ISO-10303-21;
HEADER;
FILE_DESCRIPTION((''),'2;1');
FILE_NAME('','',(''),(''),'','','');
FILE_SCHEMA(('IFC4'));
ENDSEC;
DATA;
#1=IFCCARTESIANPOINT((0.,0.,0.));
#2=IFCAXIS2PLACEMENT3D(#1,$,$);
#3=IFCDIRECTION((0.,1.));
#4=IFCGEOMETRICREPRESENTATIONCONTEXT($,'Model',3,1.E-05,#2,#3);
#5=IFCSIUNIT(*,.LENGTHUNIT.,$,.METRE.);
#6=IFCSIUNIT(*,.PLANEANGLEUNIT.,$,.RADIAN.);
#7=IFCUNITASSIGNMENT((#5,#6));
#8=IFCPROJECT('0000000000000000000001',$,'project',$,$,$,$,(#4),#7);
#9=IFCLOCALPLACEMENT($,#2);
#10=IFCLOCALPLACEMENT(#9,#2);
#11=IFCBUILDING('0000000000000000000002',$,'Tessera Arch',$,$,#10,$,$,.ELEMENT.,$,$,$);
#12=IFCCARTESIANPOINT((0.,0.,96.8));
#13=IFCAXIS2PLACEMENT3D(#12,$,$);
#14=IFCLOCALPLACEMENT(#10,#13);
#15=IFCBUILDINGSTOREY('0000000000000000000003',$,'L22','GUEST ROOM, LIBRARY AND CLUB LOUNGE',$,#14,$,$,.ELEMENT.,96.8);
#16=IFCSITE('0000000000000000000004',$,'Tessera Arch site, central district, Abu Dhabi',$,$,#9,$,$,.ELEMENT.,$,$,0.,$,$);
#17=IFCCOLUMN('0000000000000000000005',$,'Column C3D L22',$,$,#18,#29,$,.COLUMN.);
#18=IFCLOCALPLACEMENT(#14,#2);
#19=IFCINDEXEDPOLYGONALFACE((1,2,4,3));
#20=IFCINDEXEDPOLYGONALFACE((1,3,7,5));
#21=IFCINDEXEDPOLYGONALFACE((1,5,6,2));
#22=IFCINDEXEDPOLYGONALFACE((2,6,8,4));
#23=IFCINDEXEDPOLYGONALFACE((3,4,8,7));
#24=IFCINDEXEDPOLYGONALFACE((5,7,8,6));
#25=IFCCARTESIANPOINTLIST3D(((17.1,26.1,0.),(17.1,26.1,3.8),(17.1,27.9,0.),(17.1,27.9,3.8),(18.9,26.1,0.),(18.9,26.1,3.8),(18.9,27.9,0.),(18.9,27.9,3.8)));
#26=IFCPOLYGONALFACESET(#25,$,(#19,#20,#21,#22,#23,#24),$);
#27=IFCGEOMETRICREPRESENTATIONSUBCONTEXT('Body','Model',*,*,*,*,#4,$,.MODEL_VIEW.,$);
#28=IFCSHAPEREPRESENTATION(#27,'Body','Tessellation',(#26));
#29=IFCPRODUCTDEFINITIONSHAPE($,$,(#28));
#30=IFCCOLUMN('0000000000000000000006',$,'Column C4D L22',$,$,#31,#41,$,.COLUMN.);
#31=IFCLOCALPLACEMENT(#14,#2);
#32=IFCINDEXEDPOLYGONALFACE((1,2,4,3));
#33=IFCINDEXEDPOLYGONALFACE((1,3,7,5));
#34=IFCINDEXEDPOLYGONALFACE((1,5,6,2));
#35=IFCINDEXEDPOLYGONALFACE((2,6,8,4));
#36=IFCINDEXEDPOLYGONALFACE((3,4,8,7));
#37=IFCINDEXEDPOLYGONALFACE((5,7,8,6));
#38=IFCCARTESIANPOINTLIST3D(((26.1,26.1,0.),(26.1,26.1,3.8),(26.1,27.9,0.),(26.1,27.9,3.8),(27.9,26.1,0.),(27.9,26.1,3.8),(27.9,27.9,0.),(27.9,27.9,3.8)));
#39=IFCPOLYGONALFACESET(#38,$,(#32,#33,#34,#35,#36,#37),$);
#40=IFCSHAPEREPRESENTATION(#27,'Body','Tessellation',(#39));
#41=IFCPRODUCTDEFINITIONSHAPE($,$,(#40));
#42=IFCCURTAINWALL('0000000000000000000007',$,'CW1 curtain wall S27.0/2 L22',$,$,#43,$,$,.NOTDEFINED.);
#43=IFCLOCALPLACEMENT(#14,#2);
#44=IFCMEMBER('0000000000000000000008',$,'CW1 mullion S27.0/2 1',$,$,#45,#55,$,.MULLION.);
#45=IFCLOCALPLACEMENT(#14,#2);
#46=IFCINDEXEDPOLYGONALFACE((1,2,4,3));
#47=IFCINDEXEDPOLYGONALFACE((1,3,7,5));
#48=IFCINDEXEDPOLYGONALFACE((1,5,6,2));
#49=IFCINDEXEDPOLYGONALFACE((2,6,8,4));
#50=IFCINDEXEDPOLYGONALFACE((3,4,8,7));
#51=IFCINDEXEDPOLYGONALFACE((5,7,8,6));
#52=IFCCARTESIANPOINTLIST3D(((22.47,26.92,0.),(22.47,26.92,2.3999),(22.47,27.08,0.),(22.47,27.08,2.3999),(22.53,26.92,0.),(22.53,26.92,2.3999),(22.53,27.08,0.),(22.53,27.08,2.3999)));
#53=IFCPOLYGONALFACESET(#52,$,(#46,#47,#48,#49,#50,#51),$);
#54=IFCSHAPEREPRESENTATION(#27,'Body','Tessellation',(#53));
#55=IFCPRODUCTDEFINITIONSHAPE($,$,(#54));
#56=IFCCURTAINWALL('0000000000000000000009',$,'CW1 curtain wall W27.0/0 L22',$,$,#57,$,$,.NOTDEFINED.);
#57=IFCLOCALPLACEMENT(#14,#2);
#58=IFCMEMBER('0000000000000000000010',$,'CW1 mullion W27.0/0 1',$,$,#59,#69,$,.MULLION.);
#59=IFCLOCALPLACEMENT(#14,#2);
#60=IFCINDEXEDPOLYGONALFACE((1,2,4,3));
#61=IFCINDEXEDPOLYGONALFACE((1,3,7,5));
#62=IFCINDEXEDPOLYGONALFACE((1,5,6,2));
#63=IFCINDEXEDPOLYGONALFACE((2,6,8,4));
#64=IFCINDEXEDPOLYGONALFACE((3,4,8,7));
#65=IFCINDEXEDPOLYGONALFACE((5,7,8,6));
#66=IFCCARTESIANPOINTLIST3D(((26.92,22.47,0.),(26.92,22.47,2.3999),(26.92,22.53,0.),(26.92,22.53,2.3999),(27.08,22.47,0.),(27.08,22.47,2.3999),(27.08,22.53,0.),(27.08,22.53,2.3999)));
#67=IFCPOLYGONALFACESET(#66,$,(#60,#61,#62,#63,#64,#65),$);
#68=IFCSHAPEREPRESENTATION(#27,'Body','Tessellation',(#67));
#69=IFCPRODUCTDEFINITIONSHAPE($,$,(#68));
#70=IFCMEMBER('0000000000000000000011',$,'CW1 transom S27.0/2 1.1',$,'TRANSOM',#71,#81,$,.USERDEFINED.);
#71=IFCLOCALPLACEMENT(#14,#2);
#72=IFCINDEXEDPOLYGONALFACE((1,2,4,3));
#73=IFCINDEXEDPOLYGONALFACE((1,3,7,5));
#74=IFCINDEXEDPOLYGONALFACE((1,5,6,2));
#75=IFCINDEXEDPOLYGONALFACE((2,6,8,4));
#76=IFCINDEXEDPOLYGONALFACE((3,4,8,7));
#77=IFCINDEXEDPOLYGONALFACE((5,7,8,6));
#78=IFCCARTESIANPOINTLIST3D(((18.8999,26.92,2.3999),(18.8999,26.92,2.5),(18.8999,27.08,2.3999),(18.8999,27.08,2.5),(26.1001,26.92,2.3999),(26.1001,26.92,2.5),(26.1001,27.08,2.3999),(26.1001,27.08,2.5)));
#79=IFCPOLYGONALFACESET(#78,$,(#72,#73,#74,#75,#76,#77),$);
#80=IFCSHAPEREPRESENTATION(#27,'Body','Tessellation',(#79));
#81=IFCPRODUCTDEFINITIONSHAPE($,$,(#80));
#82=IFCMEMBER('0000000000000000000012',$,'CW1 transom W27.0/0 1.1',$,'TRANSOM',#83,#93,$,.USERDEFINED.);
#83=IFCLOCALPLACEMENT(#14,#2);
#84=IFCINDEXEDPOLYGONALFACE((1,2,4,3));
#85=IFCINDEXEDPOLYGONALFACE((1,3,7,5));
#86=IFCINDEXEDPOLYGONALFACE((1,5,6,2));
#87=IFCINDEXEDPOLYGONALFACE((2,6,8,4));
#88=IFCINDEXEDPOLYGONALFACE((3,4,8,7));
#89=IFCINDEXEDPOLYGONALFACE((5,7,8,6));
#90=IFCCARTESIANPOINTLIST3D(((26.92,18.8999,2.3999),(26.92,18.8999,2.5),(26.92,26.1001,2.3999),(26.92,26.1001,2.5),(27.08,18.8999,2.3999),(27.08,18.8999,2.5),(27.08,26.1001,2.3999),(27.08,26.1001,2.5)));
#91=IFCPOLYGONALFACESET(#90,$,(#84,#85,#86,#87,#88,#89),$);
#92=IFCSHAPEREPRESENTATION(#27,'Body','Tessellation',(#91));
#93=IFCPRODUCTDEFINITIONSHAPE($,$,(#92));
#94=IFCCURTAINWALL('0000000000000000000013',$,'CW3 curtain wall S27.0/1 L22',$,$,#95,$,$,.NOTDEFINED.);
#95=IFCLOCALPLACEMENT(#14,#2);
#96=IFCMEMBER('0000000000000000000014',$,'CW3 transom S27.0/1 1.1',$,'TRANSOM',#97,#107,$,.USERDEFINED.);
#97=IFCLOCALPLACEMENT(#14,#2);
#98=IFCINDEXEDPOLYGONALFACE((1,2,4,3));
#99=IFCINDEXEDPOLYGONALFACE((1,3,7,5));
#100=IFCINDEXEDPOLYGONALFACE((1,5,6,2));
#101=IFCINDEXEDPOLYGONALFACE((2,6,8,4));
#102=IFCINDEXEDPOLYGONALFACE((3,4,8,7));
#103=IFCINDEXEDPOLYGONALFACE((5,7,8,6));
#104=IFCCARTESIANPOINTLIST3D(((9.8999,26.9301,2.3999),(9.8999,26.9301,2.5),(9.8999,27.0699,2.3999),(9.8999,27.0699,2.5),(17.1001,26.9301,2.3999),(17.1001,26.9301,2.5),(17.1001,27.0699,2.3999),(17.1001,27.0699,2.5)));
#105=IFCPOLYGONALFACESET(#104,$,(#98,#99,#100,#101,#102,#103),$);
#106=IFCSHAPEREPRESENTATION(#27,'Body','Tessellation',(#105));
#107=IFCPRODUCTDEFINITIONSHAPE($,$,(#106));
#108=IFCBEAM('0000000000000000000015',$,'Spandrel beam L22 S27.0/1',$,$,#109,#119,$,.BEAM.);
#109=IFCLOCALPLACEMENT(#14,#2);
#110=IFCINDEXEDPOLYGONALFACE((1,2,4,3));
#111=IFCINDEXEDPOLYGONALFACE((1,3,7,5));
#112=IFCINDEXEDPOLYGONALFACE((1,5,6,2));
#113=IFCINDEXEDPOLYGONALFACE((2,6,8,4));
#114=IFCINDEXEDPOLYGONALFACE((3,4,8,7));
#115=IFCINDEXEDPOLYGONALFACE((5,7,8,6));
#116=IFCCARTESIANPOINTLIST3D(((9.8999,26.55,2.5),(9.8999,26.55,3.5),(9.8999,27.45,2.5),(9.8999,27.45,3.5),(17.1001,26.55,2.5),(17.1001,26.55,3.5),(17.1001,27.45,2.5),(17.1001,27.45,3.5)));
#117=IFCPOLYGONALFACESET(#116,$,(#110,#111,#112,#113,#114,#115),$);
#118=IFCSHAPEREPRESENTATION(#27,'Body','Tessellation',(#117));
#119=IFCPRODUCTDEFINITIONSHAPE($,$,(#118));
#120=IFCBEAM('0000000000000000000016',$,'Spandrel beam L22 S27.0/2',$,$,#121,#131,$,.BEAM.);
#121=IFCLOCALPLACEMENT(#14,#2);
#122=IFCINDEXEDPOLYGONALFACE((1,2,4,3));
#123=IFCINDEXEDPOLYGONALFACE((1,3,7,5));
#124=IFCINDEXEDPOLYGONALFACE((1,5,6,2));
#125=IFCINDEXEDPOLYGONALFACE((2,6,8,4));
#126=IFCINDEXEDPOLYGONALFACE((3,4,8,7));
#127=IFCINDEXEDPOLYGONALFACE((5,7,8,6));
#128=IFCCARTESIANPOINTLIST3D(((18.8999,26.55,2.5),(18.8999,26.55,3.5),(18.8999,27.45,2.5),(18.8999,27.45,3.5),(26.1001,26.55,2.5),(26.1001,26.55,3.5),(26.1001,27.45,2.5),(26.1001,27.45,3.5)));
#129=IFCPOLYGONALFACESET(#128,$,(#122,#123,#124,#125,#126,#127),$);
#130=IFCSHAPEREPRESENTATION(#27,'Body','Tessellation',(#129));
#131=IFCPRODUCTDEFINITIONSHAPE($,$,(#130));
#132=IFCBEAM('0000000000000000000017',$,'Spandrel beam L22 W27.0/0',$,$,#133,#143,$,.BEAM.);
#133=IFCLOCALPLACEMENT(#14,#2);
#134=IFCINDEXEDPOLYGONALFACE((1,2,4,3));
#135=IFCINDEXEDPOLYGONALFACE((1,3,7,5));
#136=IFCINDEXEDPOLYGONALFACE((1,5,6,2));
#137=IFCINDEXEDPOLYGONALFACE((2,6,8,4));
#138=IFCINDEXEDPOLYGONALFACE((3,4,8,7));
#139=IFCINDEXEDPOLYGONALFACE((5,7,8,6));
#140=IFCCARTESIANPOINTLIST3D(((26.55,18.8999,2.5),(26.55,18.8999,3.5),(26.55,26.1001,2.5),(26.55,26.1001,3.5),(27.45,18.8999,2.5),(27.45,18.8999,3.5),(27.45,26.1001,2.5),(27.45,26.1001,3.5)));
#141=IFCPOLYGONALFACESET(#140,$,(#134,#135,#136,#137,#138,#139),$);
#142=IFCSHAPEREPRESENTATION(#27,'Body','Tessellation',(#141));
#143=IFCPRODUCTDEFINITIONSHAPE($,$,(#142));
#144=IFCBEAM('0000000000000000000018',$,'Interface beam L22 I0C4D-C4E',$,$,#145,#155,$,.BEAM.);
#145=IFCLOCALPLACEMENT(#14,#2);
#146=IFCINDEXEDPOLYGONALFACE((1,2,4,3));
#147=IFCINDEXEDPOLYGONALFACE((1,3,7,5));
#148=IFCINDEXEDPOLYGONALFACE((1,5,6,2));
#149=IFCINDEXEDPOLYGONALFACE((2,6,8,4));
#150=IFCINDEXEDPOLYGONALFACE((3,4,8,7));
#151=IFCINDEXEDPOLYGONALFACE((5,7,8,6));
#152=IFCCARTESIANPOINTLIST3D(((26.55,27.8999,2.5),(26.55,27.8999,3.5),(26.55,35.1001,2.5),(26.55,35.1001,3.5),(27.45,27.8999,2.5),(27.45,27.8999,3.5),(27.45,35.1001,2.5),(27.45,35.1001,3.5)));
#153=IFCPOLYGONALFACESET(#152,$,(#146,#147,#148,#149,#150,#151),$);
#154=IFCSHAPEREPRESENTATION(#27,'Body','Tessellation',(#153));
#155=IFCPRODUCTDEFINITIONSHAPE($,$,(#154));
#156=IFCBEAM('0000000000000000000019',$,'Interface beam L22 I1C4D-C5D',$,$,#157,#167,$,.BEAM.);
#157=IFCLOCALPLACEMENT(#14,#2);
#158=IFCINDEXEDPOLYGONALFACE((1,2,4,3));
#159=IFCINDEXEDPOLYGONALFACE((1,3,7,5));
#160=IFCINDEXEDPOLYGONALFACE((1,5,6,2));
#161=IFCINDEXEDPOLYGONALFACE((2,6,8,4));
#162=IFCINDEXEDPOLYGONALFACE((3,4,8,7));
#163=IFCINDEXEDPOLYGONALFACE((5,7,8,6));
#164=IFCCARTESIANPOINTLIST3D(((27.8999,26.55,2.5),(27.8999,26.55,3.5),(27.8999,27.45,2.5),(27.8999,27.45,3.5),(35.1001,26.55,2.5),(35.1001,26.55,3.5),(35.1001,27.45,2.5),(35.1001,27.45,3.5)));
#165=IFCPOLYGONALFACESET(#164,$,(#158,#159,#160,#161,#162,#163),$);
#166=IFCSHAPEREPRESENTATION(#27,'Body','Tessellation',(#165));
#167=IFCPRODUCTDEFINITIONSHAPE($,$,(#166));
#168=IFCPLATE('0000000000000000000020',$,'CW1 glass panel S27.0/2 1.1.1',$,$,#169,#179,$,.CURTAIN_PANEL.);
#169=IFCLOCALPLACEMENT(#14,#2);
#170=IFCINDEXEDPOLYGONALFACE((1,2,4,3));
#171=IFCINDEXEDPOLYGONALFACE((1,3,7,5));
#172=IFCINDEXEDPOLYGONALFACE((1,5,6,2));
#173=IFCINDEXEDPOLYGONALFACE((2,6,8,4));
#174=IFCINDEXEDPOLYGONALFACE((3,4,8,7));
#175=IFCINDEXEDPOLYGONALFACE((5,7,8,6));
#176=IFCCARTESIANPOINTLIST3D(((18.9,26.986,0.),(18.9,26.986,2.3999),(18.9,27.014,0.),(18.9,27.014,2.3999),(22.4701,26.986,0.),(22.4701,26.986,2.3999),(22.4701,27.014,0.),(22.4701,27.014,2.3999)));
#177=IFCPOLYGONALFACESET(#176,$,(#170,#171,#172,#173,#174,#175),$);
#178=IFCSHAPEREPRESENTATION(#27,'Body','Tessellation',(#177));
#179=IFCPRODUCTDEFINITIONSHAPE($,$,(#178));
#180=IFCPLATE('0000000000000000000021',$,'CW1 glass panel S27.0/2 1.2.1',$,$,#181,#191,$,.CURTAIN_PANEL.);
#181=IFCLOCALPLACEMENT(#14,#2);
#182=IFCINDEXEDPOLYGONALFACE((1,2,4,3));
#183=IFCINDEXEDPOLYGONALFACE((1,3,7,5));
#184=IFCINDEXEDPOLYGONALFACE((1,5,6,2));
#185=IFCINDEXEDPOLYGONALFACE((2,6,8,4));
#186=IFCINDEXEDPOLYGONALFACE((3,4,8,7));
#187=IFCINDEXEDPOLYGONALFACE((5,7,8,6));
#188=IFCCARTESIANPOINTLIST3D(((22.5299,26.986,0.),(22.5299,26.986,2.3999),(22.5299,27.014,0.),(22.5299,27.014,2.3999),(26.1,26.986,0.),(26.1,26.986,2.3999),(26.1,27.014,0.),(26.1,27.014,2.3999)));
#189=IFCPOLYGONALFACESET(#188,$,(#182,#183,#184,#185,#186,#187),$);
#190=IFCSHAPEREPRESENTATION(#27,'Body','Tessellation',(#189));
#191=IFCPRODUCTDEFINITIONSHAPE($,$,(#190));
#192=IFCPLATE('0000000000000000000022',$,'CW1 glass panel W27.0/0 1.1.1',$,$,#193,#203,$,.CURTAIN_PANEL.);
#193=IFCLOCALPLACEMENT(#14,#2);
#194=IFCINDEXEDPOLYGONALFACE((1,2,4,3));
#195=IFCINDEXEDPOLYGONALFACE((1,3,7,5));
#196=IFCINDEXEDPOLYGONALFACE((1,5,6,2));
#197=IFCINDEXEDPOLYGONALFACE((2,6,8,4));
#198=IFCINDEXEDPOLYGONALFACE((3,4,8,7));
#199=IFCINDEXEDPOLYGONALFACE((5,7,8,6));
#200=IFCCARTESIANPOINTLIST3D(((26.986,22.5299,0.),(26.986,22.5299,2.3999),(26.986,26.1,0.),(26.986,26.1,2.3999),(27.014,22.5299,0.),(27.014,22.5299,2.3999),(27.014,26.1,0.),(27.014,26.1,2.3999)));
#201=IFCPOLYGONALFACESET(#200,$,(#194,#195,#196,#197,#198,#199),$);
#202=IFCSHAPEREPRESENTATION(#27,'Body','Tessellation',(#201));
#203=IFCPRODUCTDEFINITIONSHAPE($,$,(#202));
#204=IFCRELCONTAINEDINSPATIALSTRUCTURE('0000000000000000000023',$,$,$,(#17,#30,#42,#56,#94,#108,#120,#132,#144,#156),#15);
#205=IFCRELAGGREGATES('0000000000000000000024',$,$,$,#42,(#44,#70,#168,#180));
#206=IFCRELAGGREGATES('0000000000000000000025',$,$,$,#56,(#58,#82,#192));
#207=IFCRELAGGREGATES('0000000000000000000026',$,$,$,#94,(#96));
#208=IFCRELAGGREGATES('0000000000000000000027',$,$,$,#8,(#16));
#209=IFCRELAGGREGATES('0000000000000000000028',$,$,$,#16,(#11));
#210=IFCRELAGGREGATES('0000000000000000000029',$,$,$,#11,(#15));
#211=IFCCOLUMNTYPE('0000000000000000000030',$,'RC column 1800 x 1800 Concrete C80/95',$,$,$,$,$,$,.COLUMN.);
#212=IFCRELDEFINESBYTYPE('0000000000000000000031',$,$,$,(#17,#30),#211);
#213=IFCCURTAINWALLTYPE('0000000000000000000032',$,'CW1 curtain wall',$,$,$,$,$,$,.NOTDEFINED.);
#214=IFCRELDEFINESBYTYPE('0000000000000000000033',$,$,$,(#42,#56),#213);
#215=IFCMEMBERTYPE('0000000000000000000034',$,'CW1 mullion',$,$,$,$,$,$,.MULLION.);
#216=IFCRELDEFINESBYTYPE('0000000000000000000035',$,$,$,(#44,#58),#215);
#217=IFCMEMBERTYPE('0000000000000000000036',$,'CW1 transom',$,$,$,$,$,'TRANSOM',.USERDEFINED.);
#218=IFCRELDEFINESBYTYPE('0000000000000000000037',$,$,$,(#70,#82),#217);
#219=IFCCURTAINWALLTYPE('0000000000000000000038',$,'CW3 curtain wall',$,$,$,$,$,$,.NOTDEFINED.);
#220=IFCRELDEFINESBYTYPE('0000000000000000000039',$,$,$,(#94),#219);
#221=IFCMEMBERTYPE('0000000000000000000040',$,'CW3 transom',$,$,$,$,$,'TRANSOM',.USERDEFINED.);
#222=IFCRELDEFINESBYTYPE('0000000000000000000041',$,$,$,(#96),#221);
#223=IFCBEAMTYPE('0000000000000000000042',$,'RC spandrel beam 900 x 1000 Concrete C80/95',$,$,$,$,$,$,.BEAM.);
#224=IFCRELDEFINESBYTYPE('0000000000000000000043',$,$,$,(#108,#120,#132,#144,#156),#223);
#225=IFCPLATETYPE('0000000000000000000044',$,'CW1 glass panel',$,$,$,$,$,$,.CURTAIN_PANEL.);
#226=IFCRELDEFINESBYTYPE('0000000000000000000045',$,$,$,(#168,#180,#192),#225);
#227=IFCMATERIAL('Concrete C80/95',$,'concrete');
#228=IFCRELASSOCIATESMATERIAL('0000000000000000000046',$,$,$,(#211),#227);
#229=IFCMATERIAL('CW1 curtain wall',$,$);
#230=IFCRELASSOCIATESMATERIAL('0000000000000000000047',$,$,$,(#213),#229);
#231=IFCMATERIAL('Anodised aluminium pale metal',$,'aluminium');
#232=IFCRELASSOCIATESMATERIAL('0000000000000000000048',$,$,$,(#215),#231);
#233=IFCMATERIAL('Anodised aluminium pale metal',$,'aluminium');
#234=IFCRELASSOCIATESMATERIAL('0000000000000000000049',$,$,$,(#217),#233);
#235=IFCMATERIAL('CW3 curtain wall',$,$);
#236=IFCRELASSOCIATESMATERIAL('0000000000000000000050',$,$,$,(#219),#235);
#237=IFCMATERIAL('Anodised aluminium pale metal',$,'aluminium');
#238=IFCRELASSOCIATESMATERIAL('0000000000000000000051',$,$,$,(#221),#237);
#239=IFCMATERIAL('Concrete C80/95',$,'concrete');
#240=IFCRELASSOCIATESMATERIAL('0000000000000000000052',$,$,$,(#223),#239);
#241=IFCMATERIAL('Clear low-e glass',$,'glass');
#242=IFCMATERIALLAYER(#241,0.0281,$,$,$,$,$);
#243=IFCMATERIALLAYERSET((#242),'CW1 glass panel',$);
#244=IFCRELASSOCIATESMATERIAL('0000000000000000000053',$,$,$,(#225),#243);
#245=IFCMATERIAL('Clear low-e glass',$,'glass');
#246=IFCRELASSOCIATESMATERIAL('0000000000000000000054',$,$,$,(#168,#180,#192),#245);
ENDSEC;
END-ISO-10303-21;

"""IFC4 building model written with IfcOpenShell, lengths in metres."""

from ifc_helpers import new_model, si_unit, direction, frame, origin, origin_2d, place, context, subcontext, project, spatial, rectangle, extrude, material, layer, layer_set, material_profile, profile_set, type_object, element, aggregate, save


model = new_model("IFC4")

# Units and contexts
model_context = context("Model", 3, precision=1e-05, world=origin(), true_north=direction((0.0, 1.0)))
body_context = subcontext(model_context, "Body", "Model", "MODEL_VIEW")
ifc_project = project(units=[si_unit("LENGTHUNIT", "METRE"), si_unit("PLANEANGLEUNIT", "RADIAN")], contexts=[model_context])

# Site, building, storey
site_placement = place(None, origin())
site = spatial("IfcSite", under=ifc_project, at=site_placement, Name="Tessera Arch site, central district, Abu Dhabi", CompositionType="ELEMENT", RefElevation=0.0)
building_placement = place(site_placement, origin())
building = spatial("IfcBuilding", under=site, at=building_placement, Name="Tessera Arch", CompositionType="ELEMENT")
storey_placement = place(building_placement, frame((0.0, 0.0, 96.8)))
storey = spatial("IfcBuildingStorey", under=building, at=storey_placement, Name="L22", Description="GUEST ROOM, LIBRARY AND CLUB LOUNGE", CompositionType="ELEMENT", Elevation=96.8)

# Columns
ifc_material_1 = material(Name="Concrete C80/95", Category="concrete")
ifc_material_profile_1 = material_profile(ifc_material_1, rectangle(XDim=1.8, YDim=1.8, at=origin_2d()), Name="RC column 1800 x 1800 Concrete C80/95")
ifc_profile_set_1 = profile_set([ifc_material_profile_1], Name="Concrete C80/95")
column_type = type_object("IfcColumnType", Name="RC column 1800 x 1800 Concrete C80/95", PredefinedType="COLUMN", material=ifc_profile_set_1)
for number, where, z_axis, x_axis, name in (
    (1, (18.0, 27.0, 0.0), (0.0, 0.0, 1.0), (1.0, 0.0, 0.0), "Column C3D L22"),
    (2, (27.0, 27.0, 0.0), (0.0, 0.0, 1.0), (1.0, 0.0, 0.0), "Column C4D L22"),
):
    element("IfcColumn", number, at=place(storey_placement, frame(where, z_axis=z_axis, x_axis=x_axis)), inside=storey, type_object=column_type, Name=name, PredefinedType="COLUMN", context=body_context, shape_type="SweptSolid", body=[
        extrude(rectangle(XDim=1.8, YDim=1.8, at=origin_2d()), origin(), (0.0, 0.0, 1.0), 3.8),
    ])

# Curtain walls, members
ifc_material_2 = material(Name="CW1 curtain wall")
curtain_wall_type_1 = type_object("IfcCurtainWallType", Name="CW1 curtain wall", PredefinedType="NOTDEFINED", material=ifc_material_2)
curtain_wall_1_placement = place(storey_placement, origin())
curtain_wall_1 = element("IfcCurtainWall", 3, at=curtain_wall_1_placement, inside=storey, type_object=curtain_wall_type_1, Name="CW1 curtain wall S27.0/2 L22", PredefinedType="NOTDEFINED")
ifc_material_3 = material(Name="Anodised aluminium pale metal", Category="aluminium")
ifc_material_profile_2 = material_profile(ifc_material_3, rectangle(XDim=0.1599, YDim=0.0601, at=origin_2d()), Name="AL 60x160")
ifc_profile_set_2 = profile_set([ifc_material_profile_2], Name="Anodised aluminium pale metal")
member_type_1 = type_object("IfcMemberType", Name="CW1 mullion", PredefinedType="MULLION", material=ifc_profile_set_2)
member_1_placement = place(storey_placement, frame((22.5, 27.0, 0.0), z_axis=(0.0, 0.0, 1.0), x_axis=(0.0, 1.0, 0.0)))
member_1 = element("IfcMember", 4, at=member_1_placement, type_object=member_type_1, Name="CW1 mullion S27.0/2 1", PredefinedType="MULLION", context=body_context, shape_type="SweptSolid", body=[
    extrude(rectangle(XDim=0.1599, YDim=0.0601, at=origin_2d()), origin(), (0.0, 0.0, 1.0), 2.3999),
])
curtain_wall_2_placement = place(storey_placement, origin())
curtain_wall_2 = element("IfcCurtainWall", 5, at=curtain_wall_2_placement, inside=storey, type_object=curtain_wall_type_1, Name="CW1 curtain wall W27.0/0 L22", PredefinedType="NOTDEFINED")
member_2_placement = place(storey_placement, frame((27.0, 22.5, 0.0), z_axis=(0.0, 0.0, 1.0), x_axis=(1.0, 0.0, 0.0)))
member_2 = element("IfcMember", 6, at=member_2_placement, type_object=member_type_1, Name="CW1 mullion W27.0/0 1", PredefinedType="MULLION", context=body_context, shape_type="SweptSolid", body=[
    extrude(rectangle(XDim=0.1599, YDim=0.0601, at=origin_2d()), origin(), (0.0, 0.0, 1.0), 2.3999),
])

# Members
ifc_material_4 = material(Name="Anodised aluminium pale metal", Category="aluminium")
ifc_material_profile_3 = material_profile(ifc_material_4, rectangle(XDim=0.1599, YDim=0.1001, at=origin_2d()), Name="AL 160x100")
ifc_profile_set_3 = profile_set([ifc_material_profile_3], Name="Anodised aluminium pale metal")
member_type_2 = type_object("IfcMemberType", Name="CW1 transom", ElementType="TRANSOM", PredefinedType="USERDEFINED", material=ifc_profile_set_3)
member_3_placement = place(storey_placement, frame((18.8999, 27.0, 2.45), z_axis=(1.0, 0.0, 0.0), x_axis=(0.0, 1.0, 0.0)))
member_3 = element("IfcMember", 7, at=member_3_placement, type_object=member_type_2, Name="CW1 transom S27.0/2 1.1", ObjectType="TRANSOM", PredefinedType="USERDEFINED", context=body_context, shape_type="SweptSolid", body=[
    extrude(rectangle(XDim=0.1599, YDim=0.1001, at=origin_2d()), origin(), (0.0, 0.0, 1.0), 7.2002),
])
member_4_placement = place(storey_placement, frame((27.0, 26.1001, 2.45), z_axis=(0.0, -1.0, 0.0), x_axis=(1.0, 0.0, 0.0)))
member_4 = element("IfcMember", 8, at=member_4_placement, type_object=member_type_2, Name="CW1 transom W27.0/0 1.1", ObjectType="TRANSOM", PredefinedType="USERDEFINED", context=body_context, shape_type="SweptSolid", body=[
    extrude(rectangle(XDim=0.1599, YDim=0.1001, at=origin_2d()), origin(), (0.0, 0.0, 1.0), 7.2002),
])

# Curtain wall, member
ifc_material_5 = material(Name="CW3 curtain wall")
curtain_wall_type_2 = type_object("IfcCurtainWallType", Name="CW3 curtain wall", PredefinedType="NOTDEFINED", material=ifc_material_5)
curtain_wall_3_placement = place(storey_placement, origin())
curtain_wall_3 = element("IfcCurtainWall", 9, at=curtain_wall_3_placement, inside=storey, type_object=curtain_wall_type_2, Name="CW3 curtain wall S27.0/1 L22", PredefinedType="NOTDEFINED")
ifc_material_6 = material(Name="Anodised aluminium pale metal", Category="aluminium")
ifc_material_profile_4 = material_profile(ifc_material_6, rectangle(XDim=0.1399, YDim=0.1001, at=origin_2d()), Name="AL 140x100")
ifc_profile_set_4 = profile_set([ifc_material_profile_4], Name="Anodised aluminium pale metal")
member_type_3 = type_object("IfcMemberType", Name="CW3 transom", ElementType="TRANSOM", PredefinedType="USERDEFINED", material=ifc_profile_set_4)
member_5_placement = place(storey_placement, frame((9.8999, 27.0, 2.45), z_axis=(1.0, 0.0, 0.0), x_axis=(0.0, 1.0, 0.0)))
member_5 = element("IfcMember", 10, at=member_5_placement, type_object=member_type_3, Name="CW3 transom S27.0/1 1.1", ObjectType="TRANSOM", PredefinedType="USERDEFINED", context=body_context, shape_type="SweptSolid", body=[
    extrude(rectangle(XDim=0.1399, YDim=0.1001, at=origin_2d()), origin(), (0.0, 0.0, 1.0), 7.2002),
])

# Beams
ifc_material_7 = material(Name="Concrete C80/95", Category="concrete")
ifc_material_profile_5 = material_profile(ifc_material_7, rectangle(XDim=0.8999, YDim=1.0, at=origin_2d()), Name="RC spandrel beam 900 x 1000 Concrete C80/95")
ifc_profile_set_5 = profile_set([ifc_material_profile_5], Name="Concrete C80/95")
beam_type = type_object("IfcBeamType", Name="RC spandrel beam 900 x 1000 Concrete C80/95", PredefinedType="BEAM", material=ifc_profile_set_5)
for number, where, z_axis, x_axis, name in (
    (11, (9.8999, 27.0, 3.0), (1.0, 0.0, 0.0), (0.0, 1.0, 0.0), "Spandrel beam L22 S27.0/1"),
    (12, (18.8999, 27.0, 3.0), (1.0, 0.0, 0.0), (0.0, 1.0, 0.0), "Spandrel beam L22 S27.0/2"),
    (13, (27.0, 26.1001, 3.0), (0.0, -1.0, 0.0), (1.0, 0.0, 0.0), "Spandrel beam L22 W27.0/0"),
    (14, (27.0, 27.8999, 3.0), (0.0, 1.0, 0.0), (-1.0, 0.0, 0.0), "Interface beam L22 I0C4D-C4E"),
    (15, (27.8999, 27.0, 3.0), (1.0, 0.0, 0.0), (0.0, 1.0, 0.0), "Interface beam L22 I1C4D-C5D"),
):
    element("IfcBeam", number, at=place(storey_placement, frame(where, z_axis=z_axis, x_axis=x_axis)), inside=storey, type_object=beam_type, Name=name, PredefinedType="BEAM", context=body_context, shape_type="SweptSolid", body=[
        extrude(rectangle(XDim=0.8999, YDim=1.0, at=origin_2d()), origin(), (0.0, 0.0, 1.0), 7.2002),
    ])

# Plates
ifc_material_8 = material(Name="Clear low-e glass", Category="glass")
ifc_material_9 = material(Name="Clear low-e glass", Category="glass")
ifc_layer_1 = layer(ifc_material_9, 0.0281)
ifc_layer_set_1 = layer_set([ifc_layer_1], Name="CW1 glass panel")
plate_type_1 = type_object("IfcPlateType", Name="CW1 glass panel", PredefinedType="CURTAIN_PANEL", material=ifc_layer_set_1)
plate_1_placement = place(storey_placement, frame((20.6851, 27.0, 0.0), z_axis=(0.0, 0.0, 1.0), x_axis=(1.0, 0.0, 0.0)))
plate_1 = element("IfcPlate", 16, at=plate_1_placement, type_object=plate_type_1, material=ifc_material_8, Name="CW1 glass panel S27.0/2 1.1.1", PredefinedType="CURTAIN_PANEL", context=body_context, shape_type="SweptSolid", body=[
    extrude(rectangle(XDim=3.5701, YDim=0.0281, at=origin_2d()), origin(), (0.0, 0.0, 1.0), 2.3999),
])
plate_2_placement = place(storey_placement, frame((24.3149, 27.0, 0.0), z_axis=(0.0, 0.0, 1.0), x_axis=(1.0, 0.0, 0.0)))
plate_2 = element("IfcPlate", 17, at=plate_2_placement, type_object=plate_type_1, material=ifc_material_8, Name="CW1 glass panel S27.0/2 1.2.1", PredefinedType="CURTAIN_PANEL", context=body_context, shape_type="SweptSolid", body=[
    extrude(rectangle(XDim=3.5701, YDim=0.0281, at=origin_2d()), origin(), (0.0, 0.0, 1.0), 2.3999),
])
plate_3_placement = place(storey_placement, frame((27.0, 24.3149, 0.0), z_axis=(0.0, 0.0, 1.0), x_axis=(0.0, -1.0, 0.0)))
plate_3 = element("IfcPlate", 18, at=plate_3_placement, type_object=plate_type_1, material=ifc_material_8, Name="CW1 glass panel W27.0/0 1.1.1", PredefinedType="CURTAIN_PANEL", context=body_context, shape_type="SweptSolid", body=[
    extrude(rectangle(XDim=3.5701, YDim=0.0281, at=origin_2d()), origin(), (0.0, 0.0, 1.0), 2.3999),
])
aggregate(curtain_wall_1, [member_1, member_3, plate_1, plate_2])
aggregate(curtain_wall_2, [member_2, member_4, plate_3])

aggregate(curtain_wall_3, [member_5])

save(model, "model.ifc")
